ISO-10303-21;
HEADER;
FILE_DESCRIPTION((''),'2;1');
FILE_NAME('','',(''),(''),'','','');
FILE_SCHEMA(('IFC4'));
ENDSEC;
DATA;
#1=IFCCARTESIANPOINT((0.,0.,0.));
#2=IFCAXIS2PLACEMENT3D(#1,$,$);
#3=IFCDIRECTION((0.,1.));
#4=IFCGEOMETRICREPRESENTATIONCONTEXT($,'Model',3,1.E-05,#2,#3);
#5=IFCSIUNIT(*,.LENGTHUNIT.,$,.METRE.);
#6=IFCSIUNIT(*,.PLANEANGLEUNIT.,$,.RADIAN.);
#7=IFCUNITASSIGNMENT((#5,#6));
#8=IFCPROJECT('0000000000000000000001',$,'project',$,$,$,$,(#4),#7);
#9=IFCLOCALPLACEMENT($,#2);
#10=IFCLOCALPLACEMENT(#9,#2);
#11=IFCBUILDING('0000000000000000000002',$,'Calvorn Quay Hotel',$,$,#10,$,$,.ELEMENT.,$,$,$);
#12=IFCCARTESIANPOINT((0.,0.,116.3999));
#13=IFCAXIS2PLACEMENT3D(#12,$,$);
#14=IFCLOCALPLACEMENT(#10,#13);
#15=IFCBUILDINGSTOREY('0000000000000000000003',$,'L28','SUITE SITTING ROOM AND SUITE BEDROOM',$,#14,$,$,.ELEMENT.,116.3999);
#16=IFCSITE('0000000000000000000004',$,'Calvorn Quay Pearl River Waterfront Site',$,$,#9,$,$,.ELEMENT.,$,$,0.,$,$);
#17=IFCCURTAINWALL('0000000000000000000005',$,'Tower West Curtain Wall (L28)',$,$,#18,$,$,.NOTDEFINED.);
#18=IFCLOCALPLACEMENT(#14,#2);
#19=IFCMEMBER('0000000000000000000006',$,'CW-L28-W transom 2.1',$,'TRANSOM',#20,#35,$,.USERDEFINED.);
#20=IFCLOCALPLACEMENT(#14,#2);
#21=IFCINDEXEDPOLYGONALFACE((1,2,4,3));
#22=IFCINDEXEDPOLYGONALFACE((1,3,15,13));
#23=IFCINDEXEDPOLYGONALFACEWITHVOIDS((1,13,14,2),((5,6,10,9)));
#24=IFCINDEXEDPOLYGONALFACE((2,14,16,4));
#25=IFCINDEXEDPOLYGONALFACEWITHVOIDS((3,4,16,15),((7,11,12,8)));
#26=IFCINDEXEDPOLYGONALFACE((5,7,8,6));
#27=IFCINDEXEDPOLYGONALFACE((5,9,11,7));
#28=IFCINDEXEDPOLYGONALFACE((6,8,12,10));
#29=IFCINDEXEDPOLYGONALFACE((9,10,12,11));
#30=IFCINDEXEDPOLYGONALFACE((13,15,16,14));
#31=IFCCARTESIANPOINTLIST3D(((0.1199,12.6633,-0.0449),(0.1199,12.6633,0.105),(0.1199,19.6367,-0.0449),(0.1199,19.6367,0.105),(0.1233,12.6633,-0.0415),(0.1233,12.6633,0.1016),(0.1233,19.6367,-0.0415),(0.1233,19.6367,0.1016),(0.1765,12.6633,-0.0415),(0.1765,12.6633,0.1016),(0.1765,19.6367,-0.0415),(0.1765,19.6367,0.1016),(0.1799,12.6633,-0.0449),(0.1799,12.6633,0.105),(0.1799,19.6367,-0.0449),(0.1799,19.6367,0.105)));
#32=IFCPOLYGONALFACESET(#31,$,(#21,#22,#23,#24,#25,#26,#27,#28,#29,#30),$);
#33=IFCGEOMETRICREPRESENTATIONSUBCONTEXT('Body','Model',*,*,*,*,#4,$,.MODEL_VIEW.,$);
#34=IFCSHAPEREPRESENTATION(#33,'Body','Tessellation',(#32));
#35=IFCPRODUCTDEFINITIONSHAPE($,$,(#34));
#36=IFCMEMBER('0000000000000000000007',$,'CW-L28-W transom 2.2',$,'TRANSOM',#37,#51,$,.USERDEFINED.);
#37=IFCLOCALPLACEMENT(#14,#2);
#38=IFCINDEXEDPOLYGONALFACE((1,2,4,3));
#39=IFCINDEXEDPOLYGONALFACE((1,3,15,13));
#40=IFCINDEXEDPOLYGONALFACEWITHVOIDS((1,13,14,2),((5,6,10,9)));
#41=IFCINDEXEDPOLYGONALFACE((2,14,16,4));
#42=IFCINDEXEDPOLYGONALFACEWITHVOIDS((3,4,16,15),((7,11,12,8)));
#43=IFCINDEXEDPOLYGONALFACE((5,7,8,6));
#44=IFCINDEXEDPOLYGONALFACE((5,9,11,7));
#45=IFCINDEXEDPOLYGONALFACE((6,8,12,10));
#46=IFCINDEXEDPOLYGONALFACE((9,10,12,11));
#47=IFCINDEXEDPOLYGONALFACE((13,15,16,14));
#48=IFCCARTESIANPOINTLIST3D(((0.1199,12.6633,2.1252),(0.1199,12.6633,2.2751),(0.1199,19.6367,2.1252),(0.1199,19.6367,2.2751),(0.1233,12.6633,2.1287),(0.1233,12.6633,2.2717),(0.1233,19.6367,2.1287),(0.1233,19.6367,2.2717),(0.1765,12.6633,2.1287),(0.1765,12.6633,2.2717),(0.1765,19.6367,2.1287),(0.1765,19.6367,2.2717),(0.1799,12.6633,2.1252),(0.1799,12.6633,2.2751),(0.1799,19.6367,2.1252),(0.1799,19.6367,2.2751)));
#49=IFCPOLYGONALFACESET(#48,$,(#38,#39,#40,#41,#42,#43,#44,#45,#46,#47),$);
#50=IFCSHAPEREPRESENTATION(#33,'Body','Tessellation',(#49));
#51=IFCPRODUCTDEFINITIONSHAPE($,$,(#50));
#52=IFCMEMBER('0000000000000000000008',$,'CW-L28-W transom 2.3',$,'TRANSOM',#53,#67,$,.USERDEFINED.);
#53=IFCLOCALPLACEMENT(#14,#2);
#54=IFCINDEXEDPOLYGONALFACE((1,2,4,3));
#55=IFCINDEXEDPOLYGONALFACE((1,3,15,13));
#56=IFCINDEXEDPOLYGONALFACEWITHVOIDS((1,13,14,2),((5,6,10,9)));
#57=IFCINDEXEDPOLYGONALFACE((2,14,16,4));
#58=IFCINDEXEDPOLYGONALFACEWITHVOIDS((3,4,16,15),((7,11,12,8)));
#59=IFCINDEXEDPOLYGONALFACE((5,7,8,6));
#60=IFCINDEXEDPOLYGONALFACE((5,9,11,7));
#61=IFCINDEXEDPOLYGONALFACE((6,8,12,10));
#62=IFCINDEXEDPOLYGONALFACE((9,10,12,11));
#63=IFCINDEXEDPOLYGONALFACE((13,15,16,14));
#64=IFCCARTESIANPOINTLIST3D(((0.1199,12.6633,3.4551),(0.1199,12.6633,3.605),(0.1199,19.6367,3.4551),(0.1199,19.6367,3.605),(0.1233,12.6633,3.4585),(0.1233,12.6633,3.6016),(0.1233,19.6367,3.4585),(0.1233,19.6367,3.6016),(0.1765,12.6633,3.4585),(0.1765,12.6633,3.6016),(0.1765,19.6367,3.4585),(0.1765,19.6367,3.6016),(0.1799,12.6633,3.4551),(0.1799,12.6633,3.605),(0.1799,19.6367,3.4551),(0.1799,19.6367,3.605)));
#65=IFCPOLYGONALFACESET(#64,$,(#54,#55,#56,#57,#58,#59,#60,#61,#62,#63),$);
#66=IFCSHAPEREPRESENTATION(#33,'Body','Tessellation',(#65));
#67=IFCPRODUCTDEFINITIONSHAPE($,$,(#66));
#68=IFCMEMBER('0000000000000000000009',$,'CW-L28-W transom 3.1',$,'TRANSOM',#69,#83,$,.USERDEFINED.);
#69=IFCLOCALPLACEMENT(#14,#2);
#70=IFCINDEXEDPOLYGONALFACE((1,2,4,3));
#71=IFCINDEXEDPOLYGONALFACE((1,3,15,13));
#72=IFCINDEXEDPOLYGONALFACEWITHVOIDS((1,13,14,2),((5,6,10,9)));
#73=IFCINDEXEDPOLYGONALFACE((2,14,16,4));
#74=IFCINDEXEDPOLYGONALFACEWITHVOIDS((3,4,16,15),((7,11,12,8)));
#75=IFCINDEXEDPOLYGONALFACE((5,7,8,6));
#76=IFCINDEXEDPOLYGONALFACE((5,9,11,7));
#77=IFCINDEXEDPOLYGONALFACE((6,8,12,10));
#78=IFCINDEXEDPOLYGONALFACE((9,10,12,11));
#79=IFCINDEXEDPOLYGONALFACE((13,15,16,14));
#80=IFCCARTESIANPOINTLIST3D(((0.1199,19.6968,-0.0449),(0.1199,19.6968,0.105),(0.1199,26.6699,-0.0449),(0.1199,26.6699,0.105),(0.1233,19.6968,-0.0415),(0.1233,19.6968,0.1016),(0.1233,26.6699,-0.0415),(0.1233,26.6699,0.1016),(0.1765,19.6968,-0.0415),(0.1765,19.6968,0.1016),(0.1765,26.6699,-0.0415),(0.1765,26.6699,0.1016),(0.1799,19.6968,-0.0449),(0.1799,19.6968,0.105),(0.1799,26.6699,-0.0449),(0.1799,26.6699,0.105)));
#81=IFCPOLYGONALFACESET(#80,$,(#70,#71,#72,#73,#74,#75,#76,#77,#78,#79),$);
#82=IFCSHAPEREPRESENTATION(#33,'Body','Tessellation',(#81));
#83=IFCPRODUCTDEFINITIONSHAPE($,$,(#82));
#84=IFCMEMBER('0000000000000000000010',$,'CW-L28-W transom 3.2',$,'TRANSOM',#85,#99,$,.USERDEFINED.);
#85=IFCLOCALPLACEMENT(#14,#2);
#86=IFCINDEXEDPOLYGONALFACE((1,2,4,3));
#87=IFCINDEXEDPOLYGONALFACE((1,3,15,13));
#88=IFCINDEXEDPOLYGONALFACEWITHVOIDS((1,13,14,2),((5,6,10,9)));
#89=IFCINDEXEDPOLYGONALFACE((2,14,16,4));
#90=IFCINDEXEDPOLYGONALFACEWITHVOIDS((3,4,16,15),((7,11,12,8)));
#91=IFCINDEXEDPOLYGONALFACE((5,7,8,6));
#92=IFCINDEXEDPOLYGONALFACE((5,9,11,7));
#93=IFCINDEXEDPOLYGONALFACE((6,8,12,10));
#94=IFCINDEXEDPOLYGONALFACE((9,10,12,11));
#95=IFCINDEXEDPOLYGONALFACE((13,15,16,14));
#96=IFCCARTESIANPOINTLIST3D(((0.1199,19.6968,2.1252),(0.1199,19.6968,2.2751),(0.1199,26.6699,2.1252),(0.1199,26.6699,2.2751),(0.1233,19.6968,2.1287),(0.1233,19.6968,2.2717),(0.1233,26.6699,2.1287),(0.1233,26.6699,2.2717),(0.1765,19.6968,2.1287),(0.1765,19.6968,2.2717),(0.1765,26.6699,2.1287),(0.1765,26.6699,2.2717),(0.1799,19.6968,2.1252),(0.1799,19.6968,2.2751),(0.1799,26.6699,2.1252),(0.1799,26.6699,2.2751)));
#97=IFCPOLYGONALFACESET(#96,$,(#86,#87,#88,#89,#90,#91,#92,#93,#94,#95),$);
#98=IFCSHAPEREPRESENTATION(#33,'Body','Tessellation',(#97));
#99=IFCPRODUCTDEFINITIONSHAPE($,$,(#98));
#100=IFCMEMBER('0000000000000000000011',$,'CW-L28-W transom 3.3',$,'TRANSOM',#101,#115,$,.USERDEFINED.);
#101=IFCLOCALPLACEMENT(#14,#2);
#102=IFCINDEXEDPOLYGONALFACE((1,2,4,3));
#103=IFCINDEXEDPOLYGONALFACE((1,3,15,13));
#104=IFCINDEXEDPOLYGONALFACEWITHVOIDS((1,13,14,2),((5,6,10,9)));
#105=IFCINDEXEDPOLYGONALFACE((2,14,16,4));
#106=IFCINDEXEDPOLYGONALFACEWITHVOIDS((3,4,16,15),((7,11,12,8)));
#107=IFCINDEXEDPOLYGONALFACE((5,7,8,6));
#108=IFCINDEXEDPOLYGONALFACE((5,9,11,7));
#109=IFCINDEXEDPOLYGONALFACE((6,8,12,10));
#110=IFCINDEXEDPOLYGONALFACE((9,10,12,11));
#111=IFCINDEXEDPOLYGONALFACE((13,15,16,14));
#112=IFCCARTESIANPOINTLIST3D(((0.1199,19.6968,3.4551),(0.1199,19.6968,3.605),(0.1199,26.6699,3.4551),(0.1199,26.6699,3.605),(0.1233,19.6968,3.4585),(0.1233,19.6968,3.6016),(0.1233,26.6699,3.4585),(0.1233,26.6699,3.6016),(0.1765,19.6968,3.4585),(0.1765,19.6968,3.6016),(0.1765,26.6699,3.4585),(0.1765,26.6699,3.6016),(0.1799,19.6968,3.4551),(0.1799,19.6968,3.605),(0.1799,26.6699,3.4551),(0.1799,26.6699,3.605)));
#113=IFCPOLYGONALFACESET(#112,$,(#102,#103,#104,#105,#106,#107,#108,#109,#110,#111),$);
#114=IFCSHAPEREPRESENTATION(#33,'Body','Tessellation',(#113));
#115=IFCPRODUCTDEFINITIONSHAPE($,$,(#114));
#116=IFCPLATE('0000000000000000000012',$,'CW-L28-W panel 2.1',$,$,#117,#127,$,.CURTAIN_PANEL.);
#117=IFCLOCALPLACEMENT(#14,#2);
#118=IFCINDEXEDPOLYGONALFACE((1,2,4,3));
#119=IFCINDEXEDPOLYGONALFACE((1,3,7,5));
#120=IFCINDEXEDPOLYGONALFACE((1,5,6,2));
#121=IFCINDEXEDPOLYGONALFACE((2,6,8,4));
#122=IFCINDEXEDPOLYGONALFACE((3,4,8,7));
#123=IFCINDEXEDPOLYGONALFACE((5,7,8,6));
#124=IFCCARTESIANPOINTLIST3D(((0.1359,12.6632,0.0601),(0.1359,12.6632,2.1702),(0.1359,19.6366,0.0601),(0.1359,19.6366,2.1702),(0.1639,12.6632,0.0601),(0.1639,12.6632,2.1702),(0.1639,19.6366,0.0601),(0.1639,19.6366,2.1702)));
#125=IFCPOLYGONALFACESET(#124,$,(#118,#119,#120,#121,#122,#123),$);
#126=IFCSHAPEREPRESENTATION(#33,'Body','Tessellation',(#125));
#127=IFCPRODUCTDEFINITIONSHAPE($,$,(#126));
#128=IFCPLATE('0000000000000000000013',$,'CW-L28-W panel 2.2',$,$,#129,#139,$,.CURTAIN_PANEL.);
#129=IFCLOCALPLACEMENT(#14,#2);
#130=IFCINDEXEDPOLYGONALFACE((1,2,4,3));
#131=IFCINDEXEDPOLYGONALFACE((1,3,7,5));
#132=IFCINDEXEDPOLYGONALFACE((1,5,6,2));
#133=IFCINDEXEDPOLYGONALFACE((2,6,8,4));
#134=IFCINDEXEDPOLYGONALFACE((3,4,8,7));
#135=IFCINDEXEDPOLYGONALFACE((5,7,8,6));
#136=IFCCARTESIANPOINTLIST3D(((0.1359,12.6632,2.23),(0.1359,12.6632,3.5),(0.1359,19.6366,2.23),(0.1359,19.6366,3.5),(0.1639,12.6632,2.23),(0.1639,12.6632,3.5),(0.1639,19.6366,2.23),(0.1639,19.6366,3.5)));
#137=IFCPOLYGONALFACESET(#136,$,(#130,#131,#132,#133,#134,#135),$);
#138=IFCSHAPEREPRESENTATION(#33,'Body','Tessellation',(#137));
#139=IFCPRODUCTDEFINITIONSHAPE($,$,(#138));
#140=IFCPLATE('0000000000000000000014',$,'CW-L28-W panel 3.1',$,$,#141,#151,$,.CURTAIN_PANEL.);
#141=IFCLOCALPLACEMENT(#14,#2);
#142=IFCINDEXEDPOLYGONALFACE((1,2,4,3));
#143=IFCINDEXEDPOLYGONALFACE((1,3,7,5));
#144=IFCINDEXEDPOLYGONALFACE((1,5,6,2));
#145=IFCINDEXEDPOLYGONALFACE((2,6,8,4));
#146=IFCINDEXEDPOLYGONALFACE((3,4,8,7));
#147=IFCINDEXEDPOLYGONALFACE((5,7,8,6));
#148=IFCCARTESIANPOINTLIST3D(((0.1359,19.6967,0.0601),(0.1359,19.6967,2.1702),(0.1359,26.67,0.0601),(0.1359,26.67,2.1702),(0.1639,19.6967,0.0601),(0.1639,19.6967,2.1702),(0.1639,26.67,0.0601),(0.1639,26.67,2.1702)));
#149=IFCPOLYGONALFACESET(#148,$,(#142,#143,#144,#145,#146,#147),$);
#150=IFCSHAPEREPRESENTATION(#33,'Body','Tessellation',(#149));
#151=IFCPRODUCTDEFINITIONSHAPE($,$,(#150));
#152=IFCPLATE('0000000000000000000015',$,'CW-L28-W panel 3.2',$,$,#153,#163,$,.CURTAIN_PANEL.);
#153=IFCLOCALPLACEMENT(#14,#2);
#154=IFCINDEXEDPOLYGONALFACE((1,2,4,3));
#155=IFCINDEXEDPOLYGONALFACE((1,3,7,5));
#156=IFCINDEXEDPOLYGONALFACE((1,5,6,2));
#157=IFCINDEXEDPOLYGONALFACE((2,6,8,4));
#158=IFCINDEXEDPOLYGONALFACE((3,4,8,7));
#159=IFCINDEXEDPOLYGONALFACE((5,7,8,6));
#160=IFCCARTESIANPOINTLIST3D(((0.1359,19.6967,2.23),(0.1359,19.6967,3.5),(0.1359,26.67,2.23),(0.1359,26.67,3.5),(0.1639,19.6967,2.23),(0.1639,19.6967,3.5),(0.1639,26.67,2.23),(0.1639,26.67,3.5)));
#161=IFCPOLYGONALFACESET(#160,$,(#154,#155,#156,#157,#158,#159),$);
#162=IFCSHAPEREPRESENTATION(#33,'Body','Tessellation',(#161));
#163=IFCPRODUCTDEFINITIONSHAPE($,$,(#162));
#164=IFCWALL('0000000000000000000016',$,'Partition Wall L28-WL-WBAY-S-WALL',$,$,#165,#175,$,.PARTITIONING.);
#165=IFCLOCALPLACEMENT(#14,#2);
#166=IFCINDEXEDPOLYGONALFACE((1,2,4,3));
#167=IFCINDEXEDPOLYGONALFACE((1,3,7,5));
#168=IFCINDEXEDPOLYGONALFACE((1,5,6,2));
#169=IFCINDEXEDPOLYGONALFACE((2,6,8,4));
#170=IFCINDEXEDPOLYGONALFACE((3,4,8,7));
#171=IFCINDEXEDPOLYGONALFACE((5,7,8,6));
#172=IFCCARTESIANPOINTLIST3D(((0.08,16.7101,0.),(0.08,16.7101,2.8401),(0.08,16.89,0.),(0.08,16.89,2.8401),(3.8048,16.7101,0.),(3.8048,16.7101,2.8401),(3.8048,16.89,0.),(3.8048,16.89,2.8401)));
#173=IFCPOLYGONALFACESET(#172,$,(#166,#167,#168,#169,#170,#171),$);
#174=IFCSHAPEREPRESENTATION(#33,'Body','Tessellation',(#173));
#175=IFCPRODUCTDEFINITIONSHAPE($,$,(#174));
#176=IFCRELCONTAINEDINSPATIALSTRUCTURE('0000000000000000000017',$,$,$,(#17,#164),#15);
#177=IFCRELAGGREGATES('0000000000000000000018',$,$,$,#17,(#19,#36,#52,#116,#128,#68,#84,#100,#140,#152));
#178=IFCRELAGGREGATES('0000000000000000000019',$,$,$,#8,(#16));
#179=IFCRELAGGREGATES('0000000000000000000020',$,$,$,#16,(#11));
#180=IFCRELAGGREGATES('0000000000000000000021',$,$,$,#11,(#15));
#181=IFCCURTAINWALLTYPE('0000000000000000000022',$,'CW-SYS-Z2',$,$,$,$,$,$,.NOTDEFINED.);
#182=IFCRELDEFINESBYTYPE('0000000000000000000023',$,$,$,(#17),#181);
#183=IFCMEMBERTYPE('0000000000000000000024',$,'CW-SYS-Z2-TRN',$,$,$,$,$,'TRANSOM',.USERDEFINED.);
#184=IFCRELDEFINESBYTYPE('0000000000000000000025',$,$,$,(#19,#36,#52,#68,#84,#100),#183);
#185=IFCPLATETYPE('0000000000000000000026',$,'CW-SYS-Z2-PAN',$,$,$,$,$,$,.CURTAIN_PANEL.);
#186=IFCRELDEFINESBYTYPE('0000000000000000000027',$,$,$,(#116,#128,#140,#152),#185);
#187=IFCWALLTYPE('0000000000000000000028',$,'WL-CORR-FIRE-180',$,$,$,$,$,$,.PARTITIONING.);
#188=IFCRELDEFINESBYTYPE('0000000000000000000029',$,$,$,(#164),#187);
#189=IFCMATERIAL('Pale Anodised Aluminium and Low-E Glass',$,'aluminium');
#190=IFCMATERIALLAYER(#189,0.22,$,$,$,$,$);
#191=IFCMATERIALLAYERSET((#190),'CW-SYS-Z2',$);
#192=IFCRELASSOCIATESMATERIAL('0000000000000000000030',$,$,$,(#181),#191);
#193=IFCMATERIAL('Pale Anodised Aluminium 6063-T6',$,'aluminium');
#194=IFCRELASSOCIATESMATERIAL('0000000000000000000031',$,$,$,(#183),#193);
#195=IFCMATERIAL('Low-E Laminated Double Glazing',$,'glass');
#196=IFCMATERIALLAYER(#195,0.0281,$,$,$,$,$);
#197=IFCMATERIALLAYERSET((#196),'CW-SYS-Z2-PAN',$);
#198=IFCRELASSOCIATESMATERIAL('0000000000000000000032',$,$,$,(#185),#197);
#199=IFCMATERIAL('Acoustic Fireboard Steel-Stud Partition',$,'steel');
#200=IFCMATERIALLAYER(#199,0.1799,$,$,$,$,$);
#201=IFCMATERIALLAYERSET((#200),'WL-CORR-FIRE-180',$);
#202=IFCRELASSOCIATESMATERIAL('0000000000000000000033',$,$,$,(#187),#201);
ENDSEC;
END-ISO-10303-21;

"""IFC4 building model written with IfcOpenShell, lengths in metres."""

from ifc_helpers import new_model, si_unit, direction, frame, frame_2d, origin, origin_2d, place, context, subcontext, project, spatial, rectangle, hollow_rectangle, extrude, material, layer, layer_set, material_profile, profile_set, type_object, element, aggregate, save


model = new_model("IFC4")

# Units and contexts
model_context = context("Model", 3, precision=1e-05, world=origin(), true_north=direction((0.0, 1.0)))
body_context = subcontext(model_context, "Body", "Model", "MODEL_VIEW")
ifc_project = project(units=[si_unit("LENGTHUNIT", "METRE"), si_unit("PLANEANGLEUNIT", "RADIAN")], contexts=[model_context])

# Site, building, storey
site_placement = place(None, origin())
site = spatial("IfcSite", under=ifc_project, at=site_placement, Name="Calvorn Quay Pearl River Waterfront Site", CompositionType="ELEMENT", RefElevation=0.0)
building_placement = place(site_placement, origin())
building = spatial("IfcBuilding", under=site, at=building_placement, Name="Calvorn Quay Hotel", CompositionType="ELEMENT")
storey_placement = place(building_placement, frame((0.0, 0.0, 116.3999)))
storey = spatial("IfcBuildingStorey", under=building, at=storey_placement, Name="L28", Description="SUITE SITTING ROOM AND SUITE BEDROOM", CompositionType="ELEMENT", Elevation=116.3999)

# Curtain wall, members, plates
ifc_material_1 = material(Name="Pale Anodised Aluminium and Low-E Glass", Category="aluminium")
ifc_layer_1 = layer(ifc_material_1, 0.22)
ifc_layer_set_1 = layer_set([ifc_layer_1], Name="CW-SYS-Z2")
curtain_wall_type = type_object("IfcCurtainWallType", Name="CW-SYS-Z2", PredefinedType="NOTDEFINED", material=ifc_layer_set_1)
curtain_wall_placement = place(storey_placement, origin())
curtain_wall = element("IfcCurtainWall", 1, at=curtain_wall_placement, inside=storey, type_object=curtain_wall_type, Name="Tower West Curtain Wall (L28)", PredefinedType="NOTDEFINED")
ifc_material_2 = material(Name="Pale Anodised Aluminium 6063-T6", Category="aluminium")
ifc_material_profile_1 = material_profile(ifc_material_2, hollow_rectangle(XDim=0.0601, YDim=0.1499, WallThickness=0.0034, at=origin_2d()), Name="ALU-T150x60x3.5")
ifc_profile_set_1 = profile_set([ifc_material_profile_1], Name="Pale Anodised Aluminium 6063-T6")
member_type_1 = type_object("IfcMemberType", Name="CW-SYS-Z2-TRN", ElementType="TRANSOM", PredefinedType="USERDEFINED", material=ifc_profile_set_1)
member_1_placement = place(storey_placement, frame((0.1499, 12.6633, 0.03), z_axis=(0.0, 1.0, 0.0), x_axis=(-1.0, 0.0, 0.0)))
member_1 = element("IfcMember", 2, at=member_1_placement, type_object=member_type_1, Name="CW-L28-W transom 2.1", ObjectType="TRANSOM", PredefinedType="USERDEFINED", context=body_context, shape_type="SweptSolid", body=[
    extrude(hollow_rectangle(XDim=0.0601, YDim=0.1499, WallThickness=0.0034, at=origin_2d()), origin(), (0.0, 0.0, 1.0), 6.9734),
])
member_2_placement = place(storey_placement, frame((0.1499, 12.6633, 2.2002), z_axis=(0.0, 1.0, 0.0), x_axis=(-1.0, 0.0, 0.0)))
member_2 = element("IfcMember", 3, at=member_2_placement, type_object=member_type_1, Name="CW-L28-W transom 2.2", ObjectType="TRANSOM", PredefinedType="USERDEFINED", context=body_context, shape_type="SweptSolid", body=[
    extrude(hollow_rectangle(XDim=0.0601, YDim=0.1499, WallThickness=0.0034, at=origin_2d()), origin(), (0.0, 0.0, 1.0), 6.9734),
])
member_3_placement = place(storey_placement, frame((0.1499, 12.6633, 3.53), z_axis=(0.0, 1.0, 0.0), x_axis=(-1.0, 0.0, 0.0)))
member_3 = element("IfcMember", 4, at=member_3_placement, type_object=member_type_1, Name="CW-L28-W transom 2.3", ObjectType="TRANSOM", PredefinedType="USERDEFINED", context=body_context, shape_type="SweptSolid", body=[
    extrude(hollow_rectangle(XDim=0.0601, YDim=0.1499, WallThickness=0.0034, at=origin_2d()), origin(), (0.0, 0.0, 1.0), 6.9734),
])
member_4_placement = place(storey_placement, frame((0.1499, 19.6968, 0.03), z_axis=(0.0, 1.0, 0.0), x_axis=(-1.0, 0.0, 0.0)))
member_4 = element("IfcMember", 5, at=member_4_placement, type_object=member_type_1, Name="CW-L28-W transom 3.1", ObjectType="TRANSOM", PredefinedType="USERDEFINED", context=body_context, shape_type="SweptSolid", body=[
    extrude(hollow_rectangle(XDim=0.0601, YDim=0.1499, WallThickness=0.0034, at=origin_2d()), origin(), (0.0, 0.0, 1.0), 6.9731),
])
member_5_placement = place(storey_placement, frame((0.1499, 19.6968, 2.2002), z_axis=(0.0, 1.0, 0.0), x_axis=(-1.0, 0.0, 0.0)))
member_5 = element("IfcMember", 6, at=member_5_placement, type_object=member_type_1, Name="CW-L28-W transom 3.2", ObjectType="TRANSOM", PredefinedType="USERDEFINED", context=body_context, shape_type="SweptSolid", body=[
    extrude(hollow_rectangle(XDim=0.0601, YDim=0.1499, WallThickness=0.0034, at=origin_2d()), origin(), (0.0, 0.0, 1.0), 6.9731),
])
member_6_placement = place(storey_placement, frame((0.1499, 19.6968, 3.53), z_axis=(0.0, 1.0, 0.0), x_axis=(-1.0, 0.0, 0.0)))
member_6 = element("IfcMember", 7, at=member_6_placement, type_object=member_type_1, Name="CW-L28-W transom 3.3", ObjectType="TRANSOM", PredefinedType="USERDEFINED", context=body_context, shape_type="SweptSolid", body=[
    extrude(hollow_rectangle(XDim=0.0601, YDim=0.1499, WallThickness=0.0034, at=origin_2d()), origin(), (0.0, 0.0, 1.0), 6.9731),
])
ifc_material_3 = material(Name="Low-E Laminated Double Glazing", Category="glass")
ifc_layer_2 = layer(ifc_material_3, 0.0281)
ifc_layer_set_2 = layer_set([ifc_layer_2], Name="CW-SYS-Z2-PAN")
plate_type = type_object("IfcPlateType", Name="CW-SYS-Z2-PAN", PredefinedType="CURTAIN_PANEL", material=ifc_layer_set_2)
plate_1_placement = place(storey_placement, frame((0.1499, 16.1499, 0.0601), z_axis=(0.0, 0.0, 1.0), x_axis=(0.0, 1.0, 0.0)))
plate_1 = element("IfcPlate", 8, at=plate_1_placement, type_object=plate_type, Name="CW-L28-W panel 2.1", PredefinedType="CURTAIN_PANEL", context=body_context, shape_type="SweptSolid", body=[
    extrude(rectangle(XDim=6.9734, YDim=0.0281, at=origin_2d()), origin(), (0.0, 0.0, 1.0), 2.1101),
])
plate_2_placement = place(storey_placement, frame((0.1499, 16.1499, 2.23), z_axis=(0.0, 0.0, 1.0), x_axis=(0.0, 1.0, 0.0)))
plate_2 = element("IfcPlate", 9, at=plate_2_placement, type_object=plate_type, Name="CW-L28-W panel 2.2", PredefinedType="CURTAIN_PANEL", context=body_context, shape_type="SweptSolid", body=[
    extrude(rectangle(XDim=6.9734, YDim=0.0281, at=origin_2d()), origin(), (0.0, 0.0, 1.0), 1.27),
])
plate_3_placement = place(storey_placement, frame((0.1499, 23.1833, 0.0601), z_axis=(0.0, 0.0, 1.0), x_axis=(0.0, 1.0, 0.0)))
plate_3 = element("IfcPlate", 10, at=plate_3_placement, type_object=plate_type, Name="CW-L28-W panel 3.1", PredefinedType="CURTAIN_PANEL", context=body_context, shape_type="SweptSolid", body=[
    extrude(rectangle(XDim=6.9734, YDim=0.0281, at=origin_2d()), origin(), (0.0, 0.0, 1.0), 2.1101),
])
plate_4_placement = place(storey_placement, frame((0.1499, 23.1833, 2.23), z_axis=(0.0, 0.0, 1.0), x_axis=(0.0, 1.0, 0.0)))
plate_4 = element("IfcPlate", 11, at=plate_4_placement, type_object=plate_type, Name="CW-L28-W panel 3.2", PredefinedType="CURTAIN_PANEL", context=body_context, shape_type="SweptSolid", body=[
    extrude(rectangle(XDim=6.9734, YDim=0.0281, at=origin_2d()), origin(), (0.0, 0.0, 1.0), 1.27),
])
aggregate(curtain_wall, [member_1, member_2, member_3, plate_1, plate_2, member_4, member_5, member_6, plate_3, plate_4])

# Wall
ifc_material_4 = material(Name="Acoustic Fireboard Steel-Stud Partition", Category="steel")
ifc_layer_3 = layer(ifc_material_4, 0.1799)
ifc_layer_set_3 = layer_set([ifc_layer_3], Name="WL-CORR-FIRE-180")
wall_type_1 = type_object("IfcWallType", Name="WL-CORR-FIRE-180", PredefinedType="PARTITIONING", material=ifc_layer_set_3)
wall_1_placement = place(storey_placement, frame((0.0801, 16.8, 0.0), z_axis=(0.0, 0.0, 1.0), x_axis=(1.0, 0.0, 0.0)))
element("IfcWall", 12, at=wall_1_placement, inside=storey, type_object=wall_type_1, Name="Partition Wall L28-WL-WBAY-S-WALL", PredefinedType="PARTITIONING", context=body_context, shape_type="SweptSolid", body=[
    extrude(rectangle(XDim=3.7249, YDim=0.1799, at=frame_2d((1.8623, 0.0))), origin(), (0.0, 0.0, 1.0), 2.8401),
])

save(model, "model.ifc")
